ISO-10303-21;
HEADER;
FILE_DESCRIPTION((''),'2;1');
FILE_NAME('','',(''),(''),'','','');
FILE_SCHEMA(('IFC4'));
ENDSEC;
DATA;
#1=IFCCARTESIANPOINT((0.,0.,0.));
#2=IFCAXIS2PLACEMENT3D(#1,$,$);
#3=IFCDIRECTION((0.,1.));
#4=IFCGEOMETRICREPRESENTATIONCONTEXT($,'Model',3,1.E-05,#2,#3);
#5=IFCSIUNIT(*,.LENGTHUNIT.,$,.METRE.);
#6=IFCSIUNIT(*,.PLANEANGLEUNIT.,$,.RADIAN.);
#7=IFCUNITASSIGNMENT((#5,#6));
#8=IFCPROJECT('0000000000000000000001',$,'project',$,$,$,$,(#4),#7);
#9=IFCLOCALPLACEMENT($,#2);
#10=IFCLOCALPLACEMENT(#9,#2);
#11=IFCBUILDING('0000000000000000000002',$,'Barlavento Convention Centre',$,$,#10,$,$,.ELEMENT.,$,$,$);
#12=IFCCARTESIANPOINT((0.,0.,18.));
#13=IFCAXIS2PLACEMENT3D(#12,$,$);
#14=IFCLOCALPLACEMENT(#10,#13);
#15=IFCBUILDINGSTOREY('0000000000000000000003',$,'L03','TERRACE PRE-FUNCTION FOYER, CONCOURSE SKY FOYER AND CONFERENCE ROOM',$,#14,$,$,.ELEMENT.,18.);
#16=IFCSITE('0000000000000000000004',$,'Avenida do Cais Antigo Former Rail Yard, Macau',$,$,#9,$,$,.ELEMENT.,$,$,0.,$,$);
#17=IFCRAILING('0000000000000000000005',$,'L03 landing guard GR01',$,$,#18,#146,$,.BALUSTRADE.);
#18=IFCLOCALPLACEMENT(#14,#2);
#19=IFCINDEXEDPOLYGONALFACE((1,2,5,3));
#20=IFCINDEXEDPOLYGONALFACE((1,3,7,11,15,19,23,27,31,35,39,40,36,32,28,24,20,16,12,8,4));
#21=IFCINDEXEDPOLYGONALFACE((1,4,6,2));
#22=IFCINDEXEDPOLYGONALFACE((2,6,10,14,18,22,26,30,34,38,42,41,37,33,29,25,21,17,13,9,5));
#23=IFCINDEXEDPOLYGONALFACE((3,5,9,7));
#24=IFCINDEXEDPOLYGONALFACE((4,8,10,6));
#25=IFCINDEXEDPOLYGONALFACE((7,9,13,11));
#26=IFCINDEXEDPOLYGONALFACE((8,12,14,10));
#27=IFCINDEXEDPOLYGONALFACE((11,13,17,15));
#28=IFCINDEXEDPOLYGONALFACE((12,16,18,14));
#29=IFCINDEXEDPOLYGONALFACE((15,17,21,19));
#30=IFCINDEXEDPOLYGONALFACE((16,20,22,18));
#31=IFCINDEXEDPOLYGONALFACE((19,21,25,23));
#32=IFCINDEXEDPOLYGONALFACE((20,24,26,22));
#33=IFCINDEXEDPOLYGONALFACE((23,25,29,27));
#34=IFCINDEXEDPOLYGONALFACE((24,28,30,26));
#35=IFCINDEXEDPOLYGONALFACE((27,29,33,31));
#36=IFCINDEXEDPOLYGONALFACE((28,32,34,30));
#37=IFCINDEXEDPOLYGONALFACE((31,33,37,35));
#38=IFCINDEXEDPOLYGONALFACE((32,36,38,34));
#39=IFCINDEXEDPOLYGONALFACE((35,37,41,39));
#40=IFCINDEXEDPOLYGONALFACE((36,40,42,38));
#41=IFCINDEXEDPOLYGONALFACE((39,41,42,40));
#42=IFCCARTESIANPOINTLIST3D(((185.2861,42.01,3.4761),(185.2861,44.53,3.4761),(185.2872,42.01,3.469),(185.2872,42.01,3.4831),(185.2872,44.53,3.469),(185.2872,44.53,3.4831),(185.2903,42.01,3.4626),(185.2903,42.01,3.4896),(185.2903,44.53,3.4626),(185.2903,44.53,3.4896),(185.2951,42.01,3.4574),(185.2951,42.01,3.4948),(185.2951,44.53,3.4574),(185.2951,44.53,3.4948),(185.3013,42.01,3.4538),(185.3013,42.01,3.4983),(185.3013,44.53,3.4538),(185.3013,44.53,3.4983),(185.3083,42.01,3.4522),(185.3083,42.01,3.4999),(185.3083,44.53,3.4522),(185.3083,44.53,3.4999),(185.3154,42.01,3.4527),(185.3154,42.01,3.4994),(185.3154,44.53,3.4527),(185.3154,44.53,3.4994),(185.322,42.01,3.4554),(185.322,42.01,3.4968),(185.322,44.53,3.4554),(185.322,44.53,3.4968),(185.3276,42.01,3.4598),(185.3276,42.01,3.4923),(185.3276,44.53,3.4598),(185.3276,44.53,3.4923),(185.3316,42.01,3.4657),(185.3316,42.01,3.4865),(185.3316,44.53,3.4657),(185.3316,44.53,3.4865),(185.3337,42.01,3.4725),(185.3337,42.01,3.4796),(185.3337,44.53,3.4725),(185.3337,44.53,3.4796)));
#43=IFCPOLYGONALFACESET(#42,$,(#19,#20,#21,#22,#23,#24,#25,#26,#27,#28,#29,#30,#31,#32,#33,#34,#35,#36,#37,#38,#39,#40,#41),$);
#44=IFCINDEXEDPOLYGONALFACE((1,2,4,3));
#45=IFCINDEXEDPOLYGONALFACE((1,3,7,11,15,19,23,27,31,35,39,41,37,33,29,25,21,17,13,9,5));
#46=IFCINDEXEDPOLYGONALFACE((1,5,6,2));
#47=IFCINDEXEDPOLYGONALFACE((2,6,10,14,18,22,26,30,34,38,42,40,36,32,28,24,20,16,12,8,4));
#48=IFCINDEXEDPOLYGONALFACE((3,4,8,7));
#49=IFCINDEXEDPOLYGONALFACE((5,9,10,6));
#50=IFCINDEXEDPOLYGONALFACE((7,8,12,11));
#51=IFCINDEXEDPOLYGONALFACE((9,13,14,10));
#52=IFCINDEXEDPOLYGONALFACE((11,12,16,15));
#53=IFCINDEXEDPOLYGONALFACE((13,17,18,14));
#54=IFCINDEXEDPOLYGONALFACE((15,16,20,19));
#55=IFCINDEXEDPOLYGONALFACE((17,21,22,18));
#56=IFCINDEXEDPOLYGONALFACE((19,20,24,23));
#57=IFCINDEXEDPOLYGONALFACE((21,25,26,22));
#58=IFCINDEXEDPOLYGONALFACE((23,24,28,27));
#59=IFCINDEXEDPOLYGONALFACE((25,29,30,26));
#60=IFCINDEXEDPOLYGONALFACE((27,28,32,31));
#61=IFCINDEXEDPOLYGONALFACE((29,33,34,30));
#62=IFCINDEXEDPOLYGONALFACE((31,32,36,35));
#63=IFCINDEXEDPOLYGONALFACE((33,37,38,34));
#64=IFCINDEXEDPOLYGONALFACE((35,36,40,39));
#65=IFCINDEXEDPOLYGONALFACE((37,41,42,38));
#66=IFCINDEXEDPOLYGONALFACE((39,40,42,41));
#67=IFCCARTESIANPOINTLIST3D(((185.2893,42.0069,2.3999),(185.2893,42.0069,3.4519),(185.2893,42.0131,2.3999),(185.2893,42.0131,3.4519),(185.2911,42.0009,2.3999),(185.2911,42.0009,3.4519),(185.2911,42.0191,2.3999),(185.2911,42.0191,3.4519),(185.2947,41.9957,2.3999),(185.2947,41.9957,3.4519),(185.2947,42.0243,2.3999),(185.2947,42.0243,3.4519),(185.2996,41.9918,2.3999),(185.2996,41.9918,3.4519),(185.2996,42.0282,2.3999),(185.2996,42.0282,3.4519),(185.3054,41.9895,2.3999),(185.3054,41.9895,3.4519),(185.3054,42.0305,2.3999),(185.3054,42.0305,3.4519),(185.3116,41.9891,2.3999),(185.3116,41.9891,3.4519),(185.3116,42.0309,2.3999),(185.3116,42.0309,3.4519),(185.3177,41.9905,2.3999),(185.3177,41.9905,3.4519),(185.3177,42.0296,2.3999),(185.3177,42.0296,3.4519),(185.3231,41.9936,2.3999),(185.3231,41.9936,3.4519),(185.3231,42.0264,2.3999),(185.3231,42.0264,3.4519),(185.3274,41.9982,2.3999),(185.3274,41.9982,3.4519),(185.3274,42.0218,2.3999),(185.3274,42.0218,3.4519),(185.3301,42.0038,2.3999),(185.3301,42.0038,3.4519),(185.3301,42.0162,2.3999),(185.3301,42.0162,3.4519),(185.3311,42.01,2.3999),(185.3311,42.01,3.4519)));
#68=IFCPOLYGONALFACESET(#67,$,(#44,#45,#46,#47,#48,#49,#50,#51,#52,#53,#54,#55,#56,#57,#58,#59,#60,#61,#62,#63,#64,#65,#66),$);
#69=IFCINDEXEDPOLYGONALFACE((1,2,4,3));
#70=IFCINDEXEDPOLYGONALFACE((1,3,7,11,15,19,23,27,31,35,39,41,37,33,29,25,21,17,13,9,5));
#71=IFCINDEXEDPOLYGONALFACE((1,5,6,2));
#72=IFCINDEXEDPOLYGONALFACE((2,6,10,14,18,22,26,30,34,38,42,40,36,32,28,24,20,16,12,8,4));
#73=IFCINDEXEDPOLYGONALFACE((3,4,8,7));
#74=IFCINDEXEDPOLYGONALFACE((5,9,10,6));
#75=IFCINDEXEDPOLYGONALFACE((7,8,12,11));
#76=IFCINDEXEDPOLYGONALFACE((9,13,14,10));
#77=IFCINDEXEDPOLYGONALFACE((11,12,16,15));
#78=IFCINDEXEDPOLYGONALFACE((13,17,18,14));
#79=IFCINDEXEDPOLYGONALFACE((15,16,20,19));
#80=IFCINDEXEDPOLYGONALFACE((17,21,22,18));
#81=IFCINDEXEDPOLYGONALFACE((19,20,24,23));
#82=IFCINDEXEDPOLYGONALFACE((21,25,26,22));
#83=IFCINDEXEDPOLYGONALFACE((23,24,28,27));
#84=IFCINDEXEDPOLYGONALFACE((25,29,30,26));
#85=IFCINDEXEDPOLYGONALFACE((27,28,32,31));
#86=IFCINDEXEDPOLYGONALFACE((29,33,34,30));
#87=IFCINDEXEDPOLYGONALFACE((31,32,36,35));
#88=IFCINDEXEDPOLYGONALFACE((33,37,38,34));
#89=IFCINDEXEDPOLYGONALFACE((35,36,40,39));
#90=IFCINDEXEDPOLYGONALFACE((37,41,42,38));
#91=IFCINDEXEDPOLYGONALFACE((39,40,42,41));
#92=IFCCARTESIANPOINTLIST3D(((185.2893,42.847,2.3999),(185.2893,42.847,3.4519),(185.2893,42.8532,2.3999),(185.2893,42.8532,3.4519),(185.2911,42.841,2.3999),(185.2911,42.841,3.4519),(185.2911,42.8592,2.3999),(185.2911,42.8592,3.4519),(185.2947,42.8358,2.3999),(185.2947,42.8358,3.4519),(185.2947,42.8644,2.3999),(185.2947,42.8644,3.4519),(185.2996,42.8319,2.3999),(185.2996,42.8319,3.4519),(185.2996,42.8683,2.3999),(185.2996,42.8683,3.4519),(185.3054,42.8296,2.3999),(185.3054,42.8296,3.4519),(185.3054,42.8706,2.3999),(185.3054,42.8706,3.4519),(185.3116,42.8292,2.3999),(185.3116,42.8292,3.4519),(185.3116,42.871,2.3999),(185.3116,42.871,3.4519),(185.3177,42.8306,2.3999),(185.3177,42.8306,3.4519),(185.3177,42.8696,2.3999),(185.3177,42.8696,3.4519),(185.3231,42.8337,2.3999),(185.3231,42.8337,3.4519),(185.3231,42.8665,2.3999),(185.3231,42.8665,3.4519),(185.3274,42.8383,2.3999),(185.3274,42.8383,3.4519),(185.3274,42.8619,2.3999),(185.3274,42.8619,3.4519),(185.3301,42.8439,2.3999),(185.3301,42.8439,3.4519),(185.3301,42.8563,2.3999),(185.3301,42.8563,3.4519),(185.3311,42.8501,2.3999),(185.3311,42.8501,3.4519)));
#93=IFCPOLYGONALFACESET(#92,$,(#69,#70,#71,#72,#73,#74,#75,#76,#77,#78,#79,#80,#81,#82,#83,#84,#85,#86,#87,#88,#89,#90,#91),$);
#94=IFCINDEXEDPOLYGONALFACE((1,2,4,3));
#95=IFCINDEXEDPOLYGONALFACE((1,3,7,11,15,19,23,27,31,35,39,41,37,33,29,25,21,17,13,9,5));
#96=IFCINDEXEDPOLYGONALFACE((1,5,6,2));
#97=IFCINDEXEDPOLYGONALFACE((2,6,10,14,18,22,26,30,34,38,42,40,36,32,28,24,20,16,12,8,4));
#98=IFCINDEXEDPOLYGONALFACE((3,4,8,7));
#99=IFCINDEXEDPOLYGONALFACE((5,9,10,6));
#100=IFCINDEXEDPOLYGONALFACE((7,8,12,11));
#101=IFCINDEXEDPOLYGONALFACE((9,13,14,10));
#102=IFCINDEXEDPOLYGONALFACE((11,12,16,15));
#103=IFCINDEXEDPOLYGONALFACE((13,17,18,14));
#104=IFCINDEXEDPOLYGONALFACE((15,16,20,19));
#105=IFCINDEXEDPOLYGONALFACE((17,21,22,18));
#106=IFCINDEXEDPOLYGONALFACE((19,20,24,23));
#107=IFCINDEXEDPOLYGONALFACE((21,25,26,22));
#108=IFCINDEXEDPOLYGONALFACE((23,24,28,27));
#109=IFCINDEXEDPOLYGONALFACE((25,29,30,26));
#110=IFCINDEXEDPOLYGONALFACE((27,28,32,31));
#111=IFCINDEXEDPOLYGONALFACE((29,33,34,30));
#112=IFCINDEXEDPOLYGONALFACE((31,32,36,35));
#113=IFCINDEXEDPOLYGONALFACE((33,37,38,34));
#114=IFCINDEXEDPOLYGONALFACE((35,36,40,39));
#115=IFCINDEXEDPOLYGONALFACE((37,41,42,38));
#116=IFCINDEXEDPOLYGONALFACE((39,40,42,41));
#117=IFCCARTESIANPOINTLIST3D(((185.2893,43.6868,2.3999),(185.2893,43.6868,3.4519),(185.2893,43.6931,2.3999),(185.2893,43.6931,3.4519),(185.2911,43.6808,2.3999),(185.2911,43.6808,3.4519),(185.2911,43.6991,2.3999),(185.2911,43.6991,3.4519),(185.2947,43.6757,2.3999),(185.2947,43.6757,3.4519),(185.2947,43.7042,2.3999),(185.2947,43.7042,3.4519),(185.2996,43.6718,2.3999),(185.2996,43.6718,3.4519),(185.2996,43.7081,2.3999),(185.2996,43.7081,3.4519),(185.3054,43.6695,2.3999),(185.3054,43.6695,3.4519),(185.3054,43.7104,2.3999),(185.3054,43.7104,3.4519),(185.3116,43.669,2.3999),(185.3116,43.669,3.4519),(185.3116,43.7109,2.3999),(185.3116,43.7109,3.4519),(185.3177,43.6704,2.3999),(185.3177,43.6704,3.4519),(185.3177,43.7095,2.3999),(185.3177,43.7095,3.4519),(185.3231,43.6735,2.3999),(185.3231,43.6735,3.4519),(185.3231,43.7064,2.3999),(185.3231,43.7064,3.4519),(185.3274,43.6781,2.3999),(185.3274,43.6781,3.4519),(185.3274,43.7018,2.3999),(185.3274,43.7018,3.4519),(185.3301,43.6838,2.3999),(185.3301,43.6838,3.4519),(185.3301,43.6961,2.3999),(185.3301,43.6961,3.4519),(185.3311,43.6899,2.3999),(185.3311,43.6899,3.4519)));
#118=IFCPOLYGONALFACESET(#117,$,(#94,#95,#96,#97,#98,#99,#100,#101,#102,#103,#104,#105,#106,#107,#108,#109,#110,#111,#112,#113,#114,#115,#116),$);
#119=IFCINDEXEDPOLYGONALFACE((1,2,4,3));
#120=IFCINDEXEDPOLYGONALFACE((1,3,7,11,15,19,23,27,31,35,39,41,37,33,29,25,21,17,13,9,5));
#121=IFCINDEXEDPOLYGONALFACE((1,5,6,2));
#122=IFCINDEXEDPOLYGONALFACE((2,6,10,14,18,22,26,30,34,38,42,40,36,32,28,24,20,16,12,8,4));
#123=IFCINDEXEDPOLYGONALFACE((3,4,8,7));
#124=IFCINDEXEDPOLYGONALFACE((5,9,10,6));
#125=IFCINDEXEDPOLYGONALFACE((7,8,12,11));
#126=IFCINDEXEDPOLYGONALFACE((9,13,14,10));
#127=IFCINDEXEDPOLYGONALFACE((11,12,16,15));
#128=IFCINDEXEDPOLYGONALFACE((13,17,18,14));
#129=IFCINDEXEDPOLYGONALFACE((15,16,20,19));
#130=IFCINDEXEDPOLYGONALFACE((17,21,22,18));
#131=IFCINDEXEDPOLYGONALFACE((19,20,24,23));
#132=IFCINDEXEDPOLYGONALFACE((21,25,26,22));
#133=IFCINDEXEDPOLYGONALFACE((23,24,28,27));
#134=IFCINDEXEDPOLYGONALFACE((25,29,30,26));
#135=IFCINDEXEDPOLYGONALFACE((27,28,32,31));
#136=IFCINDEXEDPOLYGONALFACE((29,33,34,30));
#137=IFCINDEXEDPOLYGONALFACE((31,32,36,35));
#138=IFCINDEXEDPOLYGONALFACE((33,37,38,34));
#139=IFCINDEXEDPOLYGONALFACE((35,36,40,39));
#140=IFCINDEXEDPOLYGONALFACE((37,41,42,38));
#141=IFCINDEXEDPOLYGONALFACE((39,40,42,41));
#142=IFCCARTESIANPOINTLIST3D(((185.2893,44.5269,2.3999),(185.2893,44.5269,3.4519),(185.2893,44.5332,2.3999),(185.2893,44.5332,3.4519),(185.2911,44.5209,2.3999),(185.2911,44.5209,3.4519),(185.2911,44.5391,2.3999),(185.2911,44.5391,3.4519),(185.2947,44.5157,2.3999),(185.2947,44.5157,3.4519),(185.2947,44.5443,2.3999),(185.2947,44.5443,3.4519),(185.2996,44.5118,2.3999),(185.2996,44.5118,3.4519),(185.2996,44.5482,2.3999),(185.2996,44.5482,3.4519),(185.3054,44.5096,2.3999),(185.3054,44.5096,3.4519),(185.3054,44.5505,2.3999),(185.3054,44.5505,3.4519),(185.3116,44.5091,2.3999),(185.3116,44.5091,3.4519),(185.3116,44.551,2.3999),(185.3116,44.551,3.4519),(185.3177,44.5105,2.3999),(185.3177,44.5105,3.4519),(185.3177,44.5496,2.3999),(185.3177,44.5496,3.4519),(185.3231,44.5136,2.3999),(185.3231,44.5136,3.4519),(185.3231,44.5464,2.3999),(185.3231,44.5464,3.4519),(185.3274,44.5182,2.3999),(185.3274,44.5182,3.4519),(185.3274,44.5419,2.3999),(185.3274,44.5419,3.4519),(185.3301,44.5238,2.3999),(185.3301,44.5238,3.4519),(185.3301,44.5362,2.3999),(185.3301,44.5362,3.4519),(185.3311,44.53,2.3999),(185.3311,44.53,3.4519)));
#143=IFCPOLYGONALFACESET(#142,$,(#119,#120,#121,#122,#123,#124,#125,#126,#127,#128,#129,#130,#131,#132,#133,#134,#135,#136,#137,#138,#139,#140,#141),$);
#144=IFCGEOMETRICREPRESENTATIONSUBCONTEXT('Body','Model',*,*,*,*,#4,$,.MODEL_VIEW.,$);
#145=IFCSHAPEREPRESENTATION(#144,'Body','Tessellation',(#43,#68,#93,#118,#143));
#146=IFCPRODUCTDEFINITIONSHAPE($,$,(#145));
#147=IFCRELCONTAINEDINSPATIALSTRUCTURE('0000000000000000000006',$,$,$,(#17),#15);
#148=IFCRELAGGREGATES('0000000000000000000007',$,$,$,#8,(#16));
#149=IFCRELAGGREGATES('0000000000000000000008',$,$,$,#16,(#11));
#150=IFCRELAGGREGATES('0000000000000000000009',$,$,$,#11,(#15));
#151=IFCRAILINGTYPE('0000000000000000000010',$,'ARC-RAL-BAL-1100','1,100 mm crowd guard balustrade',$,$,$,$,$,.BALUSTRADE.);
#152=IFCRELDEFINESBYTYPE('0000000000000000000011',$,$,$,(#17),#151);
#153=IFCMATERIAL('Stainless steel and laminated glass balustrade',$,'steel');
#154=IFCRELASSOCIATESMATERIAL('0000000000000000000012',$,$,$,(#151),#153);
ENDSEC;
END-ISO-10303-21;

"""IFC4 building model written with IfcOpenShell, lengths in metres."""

from ifc_helpers import new_model, si_unit, direction, frame, origin, origin_2d, place, context, subcontext, project, spatial, circle, extrude, material, type_object, element, save


model = new_model("IFC4")

# Units and contexts
model_context = context("Model", 3, precision=1e-05, world=origin(), true_north=direction((0.0, 1.0)))
body_context = subcontext(model_context, "Body", "Model", "MODEL_VIEW")
ifc_project = project(units=[si_unit("LENGTHUNIT", "METRE"), si_unit("PLANEANGLEUNIT", "RADIAN")], contexts=[model_context])

# Site, building, storey
site_placement = place(None, origin())
site = spatial("IfcSite", under=ifc_project, at=site_placement, Name="Avenida do Cais Antigo Former Rail Yard, Macau", CompositionType="ELEMENT", RefElevation=0.0)
building_placement = place(site_placement, origin())
building = spatial("IfcBuilding", under=site, at=building_placement, Name="Barlavento Convention Centre", CompositionType="ELEMENT")
storey_placement = place(building_placement, frame((0.0, 0.0, 18.0)))
storey = spatial("IfcBuildingStorey", under=building, at=storey_placement, Name="L03", Description="TERRACE PRE-FUNCTION FOYER, CONCOURSE SKY FOYER AND CONFERENCE ROOM", CompositionType="ELEMENT", Elevation=18.0)

# Railing
ifc_material_1 = material(Name="Stainless steel and laminated glass balustrade", Category="steel")
railing_type_1 = type_object("IfcRailingType", Name="ARC-RAL-BAL-1100", Description="1,100 mm crowd guard balustrade", PredefinedType="BALUSTRADE", material=ifc_material_1)
for number, where, name in (
    (1, (185.3101, 42.01, 2.3999), "L03 landing guard GR01"),
):
    element("IfcRailing", number, at=place(storey_placement, frame(where)), inside=storey, type_object=railing_type_1, Name=name, PredefinedType="BALUSTRADE", context=body_context, shape_type="SweptSolid", body=[
        extrude(circle(Radius=0.0239, at=origin_2d()), frame((0.0, 0.0, 1.0762), z_axis=(0.0, 1.0, 0.0), x_axis=(-1.0, 0.0, 0.0)), (0.0, 0.0, 1.0), 2.52),
        extrude(circle(Radius=0.021, at=origin_2d()), origin(), (0.0, 0.0, 1.0), 1.052),
        extrude(circle(Radius=0.021, at=origin_2d()), frame((0.0, 0.8401, 0.0)), (0.0, 0.0, 1.0), 1.052),
        extrude(circle(Radius=0.021, at=origin_2d()), frame((0.0, 1.6799, 0.0)), (0.0, 0.0, 1.0), 1.052),
        extrude(circle(Radius=0.021, at=origin_2d()), frame((0.0, 2.52, 0.0)), (0.0, 0.0, 1.0), 1.052),
    ])

save(model, "model.ifc")
